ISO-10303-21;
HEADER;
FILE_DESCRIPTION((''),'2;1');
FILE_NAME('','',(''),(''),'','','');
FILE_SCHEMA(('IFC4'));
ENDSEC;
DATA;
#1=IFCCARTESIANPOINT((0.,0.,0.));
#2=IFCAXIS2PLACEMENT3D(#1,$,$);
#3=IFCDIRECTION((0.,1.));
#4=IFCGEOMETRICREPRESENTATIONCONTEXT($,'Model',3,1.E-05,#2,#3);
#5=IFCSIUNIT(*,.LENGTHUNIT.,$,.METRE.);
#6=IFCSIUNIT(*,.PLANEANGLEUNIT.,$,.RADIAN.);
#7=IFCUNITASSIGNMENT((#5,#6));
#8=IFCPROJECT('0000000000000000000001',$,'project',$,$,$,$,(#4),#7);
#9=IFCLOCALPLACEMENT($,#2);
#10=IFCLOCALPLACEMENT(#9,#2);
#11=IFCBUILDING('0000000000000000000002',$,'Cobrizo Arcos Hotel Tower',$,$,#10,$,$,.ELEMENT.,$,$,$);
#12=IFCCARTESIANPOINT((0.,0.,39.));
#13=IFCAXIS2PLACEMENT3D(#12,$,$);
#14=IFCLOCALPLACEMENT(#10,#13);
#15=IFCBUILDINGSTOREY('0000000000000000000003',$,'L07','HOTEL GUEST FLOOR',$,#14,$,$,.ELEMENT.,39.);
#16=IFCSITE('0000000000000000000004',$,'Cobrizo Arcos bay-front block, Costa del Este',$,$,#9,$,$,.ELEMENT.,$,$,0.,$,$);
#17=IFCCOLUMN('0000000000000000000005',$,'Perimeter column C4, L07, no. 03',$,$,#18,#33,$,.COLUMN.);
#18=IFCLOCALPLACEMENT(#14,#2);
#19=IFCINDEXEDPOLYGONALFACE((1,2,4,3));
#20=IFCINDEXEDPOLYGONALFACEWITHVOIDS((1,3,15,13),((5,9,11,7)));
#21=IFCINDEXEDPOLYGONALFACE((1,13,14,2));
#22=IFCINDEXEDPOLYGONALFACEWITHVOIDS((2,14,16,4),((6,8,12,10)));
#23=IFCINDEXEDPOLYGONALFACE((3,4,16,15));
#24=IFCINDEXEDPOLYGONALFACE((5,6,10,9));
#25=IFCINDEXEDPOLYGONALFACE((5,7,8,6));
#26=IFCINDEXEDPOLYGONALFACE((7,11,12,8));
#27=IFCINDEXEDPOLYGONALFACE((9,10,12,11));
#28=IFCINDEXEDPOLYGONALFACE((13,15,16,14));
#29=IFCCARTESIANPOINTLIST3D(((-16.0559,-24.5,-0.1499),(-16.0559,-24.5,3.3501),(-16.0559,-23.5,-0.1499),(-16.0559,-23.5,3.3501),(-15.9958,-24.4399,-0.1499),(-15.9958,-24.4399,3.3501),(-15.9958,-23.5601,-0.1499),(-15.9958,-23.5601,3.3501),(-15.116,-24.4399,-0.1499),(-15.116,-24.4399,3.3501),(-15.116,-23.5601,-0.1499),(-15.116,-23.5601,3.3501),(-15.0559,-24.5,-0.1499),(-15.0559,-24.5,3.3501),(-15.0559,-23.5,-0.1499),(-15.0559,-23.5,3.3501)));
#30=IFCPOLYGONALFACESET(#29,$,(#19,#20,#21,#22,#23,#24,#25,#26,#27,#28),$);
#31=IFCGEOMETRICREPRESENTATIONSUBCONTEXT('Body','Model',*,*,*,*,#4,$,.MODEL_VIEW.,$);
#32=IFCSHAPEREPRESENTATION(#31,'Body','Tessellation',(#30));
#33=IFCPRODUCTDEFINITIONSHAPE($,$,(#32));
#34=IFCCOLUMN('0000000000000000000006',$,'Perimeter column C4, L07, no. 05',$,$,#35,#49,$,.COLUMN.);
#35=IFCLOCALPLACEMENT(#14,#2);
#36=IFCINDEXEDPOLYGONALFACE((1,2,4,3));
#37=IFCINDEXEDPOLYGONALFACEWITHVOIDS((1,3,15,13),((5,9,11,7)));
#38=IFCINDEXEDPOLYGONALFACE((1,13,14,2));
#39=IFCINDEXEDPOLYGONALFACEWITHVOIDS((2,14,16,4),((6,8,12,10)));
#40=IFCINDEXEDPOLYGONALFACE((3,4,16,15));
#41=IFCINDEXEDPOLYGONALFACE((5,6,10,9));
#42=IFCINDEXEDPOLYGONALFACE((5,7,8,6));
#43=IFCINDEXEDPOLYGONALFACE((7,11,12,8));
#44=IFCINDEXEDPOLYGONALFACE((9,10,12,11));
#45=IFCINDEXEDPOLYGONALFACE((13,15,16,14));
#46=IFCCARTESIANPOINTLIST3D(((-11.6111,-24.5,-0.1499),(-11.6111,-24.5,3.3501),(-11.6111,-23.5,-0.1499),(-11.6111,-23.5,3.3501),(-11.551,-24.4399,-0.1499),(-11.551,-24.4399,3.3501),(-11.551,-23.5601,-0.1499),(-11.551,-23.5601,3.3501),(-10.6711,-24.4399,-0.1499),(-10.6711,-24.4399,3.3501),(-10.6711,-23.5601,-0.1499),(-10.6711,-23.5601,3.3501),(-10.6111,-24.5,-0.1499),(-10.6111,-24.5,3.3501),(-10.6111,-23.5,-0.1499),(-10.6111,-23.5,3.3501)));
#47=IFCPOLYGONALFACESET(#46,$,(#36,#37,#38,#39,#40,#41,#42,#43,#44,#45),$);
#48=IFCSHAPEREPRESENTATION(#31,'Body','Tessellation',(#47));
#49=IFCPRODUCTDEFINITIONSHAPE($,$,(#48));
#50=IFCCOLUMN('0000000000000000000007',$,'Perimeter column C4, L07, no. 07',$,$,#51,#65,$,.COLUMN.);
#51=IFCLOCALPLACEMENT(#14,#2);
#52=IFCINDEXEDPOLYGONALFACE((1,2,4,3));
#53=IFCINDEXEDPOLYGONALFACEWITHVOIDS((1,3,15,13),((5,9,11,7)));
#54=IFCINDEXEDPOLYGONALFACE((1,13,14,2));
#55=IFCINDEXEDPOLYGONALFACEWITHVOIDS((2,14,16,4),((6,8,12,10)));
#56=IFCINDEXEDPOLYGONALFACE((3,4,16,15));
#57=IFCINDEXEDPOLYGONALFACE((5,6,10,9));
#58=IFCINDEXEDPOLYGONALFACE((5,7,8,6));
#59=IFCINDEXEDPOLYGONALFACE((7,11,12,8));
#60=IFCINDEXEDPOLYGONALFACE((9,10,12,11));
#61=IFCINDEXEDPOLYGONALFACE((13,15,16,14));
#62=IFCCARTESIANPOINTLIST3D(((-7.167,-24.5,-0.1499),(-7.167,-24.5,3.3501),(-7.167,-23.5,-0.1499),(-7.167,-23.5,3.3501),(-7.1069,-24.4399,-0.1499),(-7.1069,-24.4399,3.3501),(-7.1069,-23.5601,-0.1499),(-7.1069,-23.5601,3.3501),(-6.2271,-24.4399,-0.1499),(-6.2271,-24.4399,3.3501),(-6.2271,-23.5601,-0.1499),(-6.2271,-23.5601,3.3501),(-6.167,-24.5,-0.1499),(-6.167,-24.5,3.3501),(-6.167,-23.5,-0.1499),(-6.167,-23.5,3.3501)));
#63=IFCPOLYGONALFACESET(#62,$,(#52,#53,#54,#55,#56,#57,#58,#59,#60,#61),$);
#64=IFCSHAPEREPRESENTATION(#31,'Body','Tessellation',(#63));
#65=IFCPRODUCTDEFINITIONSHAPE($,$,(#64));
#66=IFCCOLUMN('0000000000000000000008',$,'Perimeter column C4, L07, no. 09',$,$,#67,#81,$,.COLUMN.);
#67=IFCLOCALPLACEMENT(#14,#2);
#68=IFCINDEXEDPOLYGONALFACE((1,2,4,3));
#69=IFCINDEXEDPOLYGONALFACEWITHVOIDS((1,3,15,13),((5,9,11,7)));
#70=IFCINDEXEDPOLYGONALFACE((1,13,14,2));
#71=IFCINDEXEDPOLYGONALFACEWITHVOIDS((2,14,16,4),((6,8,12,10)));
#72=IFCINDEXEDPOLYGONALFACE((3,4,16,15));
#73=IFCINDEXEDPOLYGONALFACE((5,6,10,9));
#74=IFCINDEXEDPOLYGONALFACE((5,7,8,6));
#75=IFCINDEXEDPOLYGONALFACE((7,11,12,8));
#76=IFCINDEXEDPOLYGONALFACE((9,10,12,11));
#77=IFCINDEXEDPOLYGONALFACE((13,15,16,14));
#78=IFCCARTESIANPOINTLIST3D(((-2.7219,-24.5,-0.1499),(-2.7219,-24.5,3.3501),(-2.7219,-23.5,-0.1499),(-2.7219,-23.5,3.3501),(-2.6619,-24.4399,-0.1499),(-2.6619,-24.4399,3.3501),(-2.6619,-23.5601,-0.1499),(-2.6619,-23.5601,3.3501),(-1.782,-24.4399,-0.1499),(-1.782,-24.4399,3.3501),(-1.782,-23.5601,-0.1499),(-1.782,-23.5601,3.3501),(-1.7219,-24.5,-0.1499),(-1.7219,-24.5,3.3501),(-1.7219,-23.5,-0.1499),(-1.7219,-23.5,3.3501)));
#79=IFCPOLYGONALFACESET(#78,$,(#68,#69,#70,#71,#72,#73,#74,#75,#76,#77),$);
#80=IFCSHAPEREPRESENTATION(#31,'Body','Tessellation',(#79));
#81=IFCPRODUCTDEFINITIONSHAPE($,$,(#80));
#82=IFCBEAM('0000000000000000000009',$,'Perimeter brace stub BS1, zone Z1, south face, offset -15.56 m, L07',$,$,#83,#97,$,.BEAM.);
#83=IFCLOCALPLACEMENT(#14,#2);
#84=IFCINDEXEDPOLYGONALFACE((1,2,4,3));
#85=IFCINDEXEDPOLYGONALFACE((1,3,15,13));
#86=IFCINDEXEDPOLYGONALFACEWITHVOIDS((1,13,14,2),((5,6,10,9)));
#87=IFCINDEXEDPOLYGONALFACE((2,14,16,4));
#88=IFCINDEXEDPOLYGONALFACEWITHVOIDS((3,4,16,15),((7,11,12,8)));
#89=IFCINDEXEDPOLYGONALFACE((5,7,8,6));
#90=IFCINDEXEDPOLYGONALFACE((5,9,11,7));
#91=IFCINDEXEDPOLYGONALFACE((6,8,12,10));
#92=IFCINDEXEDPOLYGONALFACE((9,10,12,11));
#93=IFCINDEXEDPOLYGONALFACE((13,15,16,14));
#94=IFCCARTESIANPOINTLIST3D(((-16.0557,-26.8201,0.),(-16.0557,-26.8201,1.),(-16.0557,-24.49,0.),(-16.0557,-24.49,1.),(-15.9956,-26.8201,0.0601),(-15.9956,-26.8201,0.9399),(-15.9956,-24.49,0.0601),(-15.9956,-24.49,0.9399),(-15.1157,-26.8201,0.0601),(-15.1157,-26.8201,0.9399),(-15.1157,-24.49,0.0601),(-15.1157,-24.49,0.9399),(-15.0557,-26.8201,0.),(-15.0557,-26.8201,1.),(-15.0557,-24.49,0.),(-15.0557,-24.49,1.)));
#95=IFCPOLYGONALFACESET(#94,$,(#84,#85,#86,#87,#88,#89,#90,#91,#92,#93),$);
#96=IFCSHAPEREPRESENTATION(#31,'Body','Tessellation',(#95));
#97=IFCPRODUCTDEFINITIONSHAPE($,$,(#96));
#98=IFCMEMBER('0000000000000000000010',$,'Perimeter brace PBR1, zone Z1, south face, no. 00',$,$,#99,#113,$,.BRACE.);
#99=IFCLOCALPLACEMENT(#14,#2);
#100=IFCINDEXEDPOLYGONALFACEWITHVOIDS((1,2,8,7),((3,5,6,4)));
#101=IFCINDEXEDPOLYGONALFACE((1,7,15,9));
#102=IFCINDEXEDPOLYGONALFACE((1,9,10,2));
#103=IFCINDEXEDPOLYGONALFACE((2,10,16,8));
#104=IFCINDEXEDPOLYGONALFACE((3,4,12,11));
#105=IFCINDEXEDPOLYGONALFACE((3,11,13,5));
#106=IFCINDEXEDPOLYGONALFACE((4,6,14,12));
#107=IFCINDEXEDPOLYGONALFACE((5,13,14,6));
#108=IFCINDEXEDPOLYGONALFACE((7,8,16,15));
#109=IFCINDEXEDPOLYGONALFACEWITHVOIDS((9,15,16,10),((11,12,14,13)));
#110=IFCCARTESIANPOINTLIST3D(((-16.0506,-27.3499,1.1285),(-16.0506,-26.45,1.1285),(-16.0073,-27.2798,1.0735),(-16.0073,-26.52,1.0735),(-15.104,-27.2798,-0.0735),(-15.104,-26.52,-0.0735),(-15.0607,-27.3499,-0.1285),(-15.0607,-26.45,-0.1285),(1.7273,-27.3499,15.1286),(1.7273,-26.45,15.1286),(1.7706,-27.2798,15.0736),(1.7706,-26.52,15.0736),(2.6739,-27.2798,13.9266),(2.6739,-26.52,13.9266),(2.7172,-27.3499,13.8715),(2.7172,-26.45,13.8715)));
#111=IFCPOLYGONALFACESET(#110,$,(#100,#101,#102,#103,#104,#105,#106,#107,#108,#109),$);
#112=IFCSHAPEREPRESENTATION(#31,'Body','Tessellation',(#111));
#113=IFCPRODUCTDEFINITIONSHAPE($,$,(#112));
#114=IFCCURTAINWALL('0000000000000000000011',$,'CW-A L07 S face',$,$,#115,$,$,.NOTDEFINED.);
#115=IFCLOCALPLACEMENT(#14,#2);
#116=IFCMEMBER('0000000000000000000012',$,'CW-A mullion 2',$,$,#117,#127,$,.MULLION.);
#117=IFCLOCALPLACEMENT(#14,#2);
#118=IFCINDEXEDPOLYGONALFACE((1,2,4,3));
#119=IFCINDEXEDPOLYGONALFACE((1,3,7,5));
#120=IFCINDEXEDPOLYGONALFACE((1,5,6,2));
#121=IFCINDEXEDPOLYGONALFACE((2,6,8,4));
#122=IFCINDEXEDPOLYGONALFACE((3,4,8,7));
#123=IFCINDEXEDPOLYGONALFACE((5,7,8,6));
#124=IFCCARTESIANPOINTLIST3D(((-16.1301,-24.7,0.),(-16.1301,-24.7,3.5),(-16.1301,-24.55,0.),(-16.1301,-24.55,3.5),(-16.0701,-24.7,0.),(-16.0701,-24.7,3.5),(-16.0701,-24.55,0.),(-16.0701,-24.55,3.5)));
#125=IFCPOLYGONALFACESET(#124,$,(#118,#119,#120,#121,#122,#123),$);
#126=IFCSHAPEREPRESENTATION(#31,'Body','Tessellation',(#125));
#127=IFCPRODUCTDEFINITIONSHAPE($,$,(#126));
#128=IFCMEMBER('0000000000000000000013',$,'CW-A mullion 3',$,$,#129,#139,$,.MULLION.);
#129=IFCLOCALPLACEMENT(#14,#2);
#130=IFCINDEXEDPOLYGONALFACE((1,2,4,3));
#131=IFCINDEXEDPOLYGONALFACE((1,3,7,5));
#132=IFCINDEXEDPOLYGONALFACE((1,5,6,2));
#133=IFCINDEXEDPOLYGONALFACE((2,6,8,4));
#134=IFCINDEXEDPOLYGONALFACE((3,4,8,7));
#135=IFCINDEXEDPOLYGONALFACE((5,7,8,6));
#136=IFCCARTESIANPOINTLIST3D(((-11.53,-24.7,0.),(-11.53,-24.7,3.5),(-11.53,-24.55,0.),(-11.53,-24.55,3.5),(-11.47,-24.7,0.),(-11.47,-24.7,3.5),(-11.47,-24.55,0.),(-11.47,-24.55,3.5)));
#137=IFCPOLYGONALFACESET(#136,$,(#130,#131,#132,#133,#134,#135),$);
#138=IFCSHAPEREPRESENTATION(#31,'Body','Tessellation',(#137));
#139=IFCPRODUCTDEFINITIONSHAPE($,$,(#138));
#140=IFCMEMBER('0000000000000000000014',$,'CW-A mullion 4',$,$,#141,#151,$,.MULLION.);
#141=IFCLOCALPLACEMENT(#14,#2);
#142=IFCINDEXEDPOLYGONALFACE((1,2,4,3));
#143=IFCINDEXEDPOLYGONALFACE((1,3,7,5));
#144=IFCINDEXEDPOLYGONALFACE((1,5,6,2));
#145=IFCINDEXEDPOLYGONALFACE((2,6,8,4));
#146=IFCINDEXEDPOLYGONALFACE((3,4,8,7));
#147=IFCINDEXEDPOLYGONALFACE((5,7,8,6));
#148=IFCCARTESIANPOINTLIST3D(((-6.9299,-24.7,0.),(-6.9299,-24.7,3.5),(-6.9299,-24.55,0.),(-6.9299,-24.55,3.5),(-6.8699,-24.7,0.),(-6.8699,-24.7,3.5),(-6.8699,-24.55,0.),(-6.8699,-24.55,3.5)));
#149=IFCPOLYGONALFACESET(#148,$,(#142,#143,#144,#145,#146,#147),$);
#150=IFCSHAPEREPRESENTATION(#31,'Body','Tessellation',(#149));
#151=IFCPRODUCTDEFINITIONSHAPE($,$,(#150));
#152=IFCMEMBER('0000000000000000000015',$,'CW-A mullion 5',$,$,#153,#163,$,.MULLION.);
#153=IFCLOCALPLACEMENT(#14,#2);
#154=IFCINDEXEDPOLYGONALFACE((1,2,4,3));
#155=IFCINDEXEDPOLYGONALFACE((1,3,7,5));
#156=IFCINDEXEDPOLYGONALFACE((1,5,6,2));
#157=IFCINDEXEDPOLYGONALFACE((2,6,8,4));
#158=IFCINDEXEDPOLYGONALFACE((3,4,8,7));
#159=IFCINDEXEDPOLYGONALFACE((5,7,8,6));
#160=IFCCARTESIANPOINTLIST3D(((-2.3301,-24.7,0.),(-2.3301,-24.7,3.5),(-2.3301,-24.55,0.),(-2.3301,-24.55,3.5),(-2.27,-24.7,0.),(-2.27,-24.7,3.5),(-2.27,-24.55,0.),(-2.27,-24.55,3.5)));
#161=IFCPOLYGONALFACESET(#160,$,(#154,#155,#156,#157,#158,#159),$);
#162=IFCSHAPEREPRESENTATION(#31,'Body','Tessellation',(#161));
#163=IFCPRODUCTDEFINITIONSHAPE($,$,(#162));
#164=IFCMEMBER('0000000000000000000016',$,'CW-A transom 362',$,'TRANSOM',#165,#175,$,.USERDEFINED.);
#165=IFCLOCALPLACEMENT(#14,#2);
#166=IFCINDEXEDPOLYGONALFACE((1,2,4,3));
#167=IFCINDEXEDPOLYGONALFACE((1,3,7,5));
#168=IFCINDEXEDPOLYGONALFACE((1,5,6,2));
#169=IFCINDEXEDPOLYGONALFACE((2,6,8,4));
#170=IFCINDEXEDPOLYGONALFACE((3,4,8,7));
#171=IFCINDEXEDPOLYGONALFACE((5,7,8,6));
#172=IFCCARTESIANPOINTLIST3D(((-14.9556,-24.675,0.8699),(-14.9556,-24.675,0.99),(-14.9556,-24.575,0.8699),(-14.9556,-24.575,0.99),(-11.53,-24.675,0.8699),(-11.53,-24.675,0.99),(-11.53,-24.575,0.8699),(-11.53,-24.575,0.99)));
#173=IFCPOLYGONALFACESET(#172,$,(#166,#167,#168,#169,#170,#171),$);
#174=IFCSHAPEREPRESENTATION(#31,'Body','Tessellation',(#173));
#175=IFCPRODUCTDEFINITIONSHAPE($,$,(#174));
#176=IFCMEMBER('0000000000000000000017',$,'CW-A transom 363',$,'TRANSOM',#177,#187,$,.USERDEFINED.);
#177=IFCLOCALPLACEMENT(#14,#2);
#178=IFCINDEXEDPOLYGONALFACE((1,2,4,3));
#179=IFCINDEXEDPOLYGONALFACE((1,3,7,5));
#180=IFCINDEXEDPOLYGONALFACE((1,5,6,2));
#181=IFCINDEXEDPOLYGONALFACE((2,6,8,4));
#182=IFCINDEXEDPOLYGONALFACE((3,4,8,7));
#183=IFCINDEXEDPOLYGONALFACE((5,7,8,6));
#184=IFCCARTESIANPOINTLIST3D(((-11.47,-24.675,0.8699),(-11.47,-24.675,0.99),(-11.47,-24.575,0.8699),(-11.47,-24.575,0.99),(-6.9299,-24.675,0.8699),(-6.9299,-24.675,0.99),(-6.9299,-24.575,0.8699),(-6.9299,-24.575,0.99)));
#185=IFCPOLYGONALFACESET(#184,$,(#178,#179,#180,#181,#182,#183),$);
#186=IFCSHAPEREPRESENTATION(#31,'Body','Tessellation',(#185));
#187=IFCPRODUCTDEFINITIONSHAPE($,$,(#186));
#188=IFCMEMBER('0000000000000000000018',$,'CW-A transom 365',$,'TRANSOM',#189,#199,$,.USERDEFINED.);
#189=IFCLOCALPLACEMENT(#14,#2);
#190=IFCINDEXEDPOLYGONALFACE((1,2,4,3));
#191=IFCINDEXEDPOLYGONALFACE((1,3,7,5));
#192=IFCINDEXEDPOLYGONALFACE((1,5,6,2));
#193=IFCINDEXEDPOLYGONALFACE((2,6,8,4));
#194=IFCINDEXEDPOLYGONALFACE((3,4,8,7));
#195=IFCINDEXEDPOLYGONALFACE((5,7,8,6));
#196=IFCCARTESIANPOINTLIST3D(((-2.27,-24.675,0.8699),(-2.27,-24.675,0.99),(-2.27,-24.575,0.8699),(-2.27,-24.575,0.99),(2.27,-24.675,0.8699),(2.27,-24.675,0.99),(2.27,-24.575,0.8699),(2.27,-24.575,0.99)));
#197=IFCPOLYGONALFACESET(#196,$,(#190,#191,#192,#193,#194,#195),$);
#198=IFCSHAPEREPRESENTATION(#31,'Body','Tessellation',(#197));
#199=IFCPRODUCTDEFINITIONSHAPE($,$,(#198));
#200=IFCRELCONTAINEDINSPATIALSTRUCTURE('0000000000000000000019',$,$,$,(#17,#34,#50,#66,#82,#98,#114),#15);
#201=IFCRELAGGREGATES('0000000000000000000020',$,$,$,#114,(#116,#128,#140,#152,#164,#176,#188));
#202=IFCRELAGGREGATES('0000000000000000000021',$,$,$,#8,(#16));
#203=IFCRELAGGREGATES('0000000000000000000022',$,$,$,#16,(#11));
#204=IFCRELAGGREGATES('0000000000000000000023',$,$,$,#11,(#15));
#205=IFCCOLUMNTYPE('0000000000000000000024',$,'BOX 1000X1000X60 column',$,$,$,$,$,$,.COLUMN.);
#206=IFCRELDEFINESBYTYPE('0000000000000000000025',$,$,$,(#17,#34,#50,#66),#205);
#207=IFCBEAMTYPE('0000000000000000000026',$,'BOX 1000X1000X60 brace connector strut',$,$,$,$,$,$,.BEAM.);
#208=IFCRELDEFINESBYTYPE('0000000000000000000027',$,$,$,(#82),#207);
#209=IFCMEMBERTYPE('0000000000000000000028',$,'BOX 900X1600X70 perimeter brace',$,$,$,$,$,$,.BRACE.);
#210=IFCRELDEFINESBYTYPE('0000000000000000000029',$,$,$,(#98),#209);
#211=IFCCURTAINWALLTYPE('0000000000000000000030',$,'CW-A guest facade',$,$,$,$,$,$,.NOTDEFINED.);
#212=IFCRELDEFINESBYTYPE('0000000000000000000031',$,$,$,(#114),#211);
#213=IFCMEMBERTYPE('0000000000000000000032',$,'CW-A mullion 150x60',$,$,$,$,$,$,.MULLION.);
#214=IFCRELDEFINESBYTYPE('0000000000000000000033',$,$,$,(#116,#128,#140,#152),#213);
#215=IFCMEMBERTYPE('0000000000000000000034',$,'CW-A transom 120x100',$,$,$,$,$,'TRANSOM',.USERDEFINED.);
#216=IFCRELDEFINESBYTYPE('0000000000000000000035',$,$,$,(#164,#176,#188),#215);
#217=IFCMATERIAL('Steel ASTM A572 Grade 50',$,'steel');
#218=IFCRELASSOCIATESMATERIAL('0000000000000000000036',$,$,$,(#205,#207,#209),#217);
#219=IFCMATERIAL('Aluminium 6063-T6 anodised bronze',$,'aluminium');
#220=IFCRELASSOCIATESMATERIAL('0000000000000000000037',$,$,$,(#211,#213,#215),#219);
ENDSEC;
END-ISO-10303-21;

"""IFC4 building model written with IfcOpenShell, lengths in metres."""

from ifc_helpers import new_model, si_unit, direction, frame, origin, origin_2d, place, context, subcontext, project, spatial, rectangle, hollow_rectangle, extrude, material, material_profile, profile_set, type_object, element, aggregate, save


model = new_model("IFC4")

# Units and contexts
model_context = context("Model", 3, precision=1e-05, world=origin(), true_north=direction((0.0, 1.0)))
body_context = subcontext(model_context, "Body", "Model", "MODEL_VIEW")
ifc_project = project(units=[si_unit("LENGTHUNIT", "METRE"), si_unit("PLANEANGLEUNIT", "RADIAN")], contexts=[model_context])

# Site, building, storey
site_placement = place(None, origin())
site = spatial("IfcSite", under=ifc_project, at=site_placement, Name="Cobrizo Arcos bay-front block, Costa del Este", CompositionType="ELEMENT", RefElevation=0.0)
building_placement = place(site_placement, origin())
building = spatial("IfcBuilding", under=site, at=building_placement, Name="Cobrizo Arcos Hotel Tower", CompositionType="ELEMENT")
storey_placement = place(building_placement, frame((0.0, 0.0, 39.0)))
storey = spatial("IfcBuildingStorey", under=building, at=storey_placement, Name="L07", Description="HOTEL GUEST FLOOR", CompositionType="ELEMENT", Elevation=39.0)

# Columns
ifc_material_1 = material(Name="Steel ASTM A572 Grade 50", Category="steel")
ifc_material_profile_1 = material_profile(ifc_material_1, hollow_rectangle(XDim=1.0, YDim=1.0, WallThickness=0.0601, at=origin_2d()), Name="BOX 1000X1000X60")
ifc_profile_set_1 = profile_set([ifc_material_profile_1], Name="Steel ASTM A572 Grade 50")
column_type = type_object("IfcColumnType", Name="BOX 1000X1000X60 column", PredefinedType="COLUMN", material=ifc_profile_set_1)
for number, where, z_axis, x_axis, name in (
    (1, (-15.5559, -24.0, -0.1499), (0.0, 0.0, 1.0), (1.0, 0.0, 0.0), "Perimeter column C4, L07, no. 03"),
    (2, (-11.1111, -24.0, -0.1499), (0.0, 0.0, 1.0), (1.0, 0.0, 0.0), "Perimeter column C4, L07, no. 05"),
    (3, (-6.667, -24.0, -0.1499), (0.0, 0.0, 1.0), (1.0, 0.0, 0.0), "Perimeter column C4, L07, no. 07"),
    (4, (-2.2219, -24.0, -0.1499), (0.0, 0.0, 1.0), (1.0, 0.0, 0.0), "Perimeter column C4, L07, no. 09"),
):
    element("IfcColumn", number, at=place(storey_placement, frame(where, z_axis=z_axis, x_axis=x_axis)), inside=storey, type_object=column_type, Name=name, PredefinedType="COLUMN", context=body_context, shape_type="SweptSolid", body=[
        extrude(hollow_rectangle(XDim=1.0, YDim=1.0, WallThickness=0.0601, at=origin_2d()), origin(), (0.0, 0.0, 1.0), 3.5),
    ])

# Beam
ifc_material_profile_2 = material_profile(ifc_material_1, hollow_rectangle(XDim=1.0, YDim=1.0, WallThickness=0.0601, at=origin_2d()), Name="BOX 1000X1000X60")
ifc_profile_set_2 = profile_set([ifc_material_profile_2], Name="Steel ASTM A572 Grade 50")
beam_type_1 = type_object("IfcBeamType", Name="BOX 1000X1000X60 brace connector strut", PredefinedType="BEAM", material=ifc_profile_set_2)
beam_1_placement = place(storey_placement, frame((-15.5557, -24.49, 0.5), z_axis=(0.0, -1.0, 0.0), x_axis=(1.0, 0.0, 0.0)))
element("IfcBeam", 5, at=beam_1_placement, inside=storey, type_object=beam_type_1, Name="Perimeter brace stub BS1, zone Z1, south face, offset -15.56 m, L07", PredefinedType="BEAM", context=body_context, shape_type="SweptSolid", body=[
    extrude(hollow_rectangle(XDim=1.0, YDim=1.0, WallThickness=0.0601, at=origin_2d()), origin(), (0.0, 0.0, 1.0), 2.3301),
])

# Member
ifc_material_profile_3 = material_profile(ifc_material_1, hollow_rectangle(XDim=0.8999, YDim=1.6001, WallThickness=0.0701, at=origin_2d()), Name="BOX 900X1600X70")
ifc_profile_set_3 = profile_set([ifc_material_profile_3], Name="Steel ASTM A572 Grade 50")
member_type_1 = type_object("IfcMemberType", Name="BOX 900X1600X70 perimeter brace", PredefinedType="BRACE", material=ifc_profile_set_3)
member_1_placement = place(storey_placement, frame((-15.5557, -26.8999, 0.5), z_axis=(0.785637, 0.0, 0.618687), x_axis=(0.0, 1.0, 0.0)))
element("IfcMember", 6, at=member_1_placement, inside=storey, type_object=member_type_1, Name="Perimeter brace PBR1, zone Z1, south face, no. 00", PredefinedType="BRACE", context=body_context, shape_type="SweptSolid", body=[
    extrude(hollow_rectangle(XDim=0.8999, YDim=1.6001, WallThickness=0.0701, at=origin_2d()), origin(), (0.0, 0.0, 1.0), 22.6287),
])

# Curtain wall, members
ifc_material_2 = material(Name="Aluminium 6063-T6 anodised bronze", Category="aluminium")
curtain_wall_type = type_object("IfcCurtainWallType", Name="CW-A guest facade", PredefinedType="NOTDEFINED", material=ifc_material_2)
curtain_wall_placement = place(storey_placement, origin())
curtain_wall = element("IfcCurtainWall", 7, at=curtain_wall_placement, inside=storey, type_object=curtain_wall_type, Name="CW-A L07 S face", PredefinedType="NOTDEFINED")
ifc_material_profile_4 = material_profile(ifc_material_2, rectangle(XDim=0.1499, YDim=0.0601, at=origin_2d()), Name="CW-A mullion 150x60")
ifc_profile_set_4 = profile_set([ifc_material_profile_4], Name="Aluminium 6063-T6 anodised bronze")
member_type_2 = type_object("IfcMemberType", Name="CW-A mullion 150x60", PredefinedType="MULLION", material=ifc_profile_set_4)
member_2_placement = place(storey_placement, frame((-16.1001, -24.625, 0.0), z_axis=(0.0, 0.0, 1.0), x_axis=(0.0, -1.0, 0.0)))
member_2 = element("IfcMember", 8, at=member_2_placement, type_object=member_type_2, Name="CW-A mullion 2", PredefinedType="MULLION", context=body_context, shape_type="SweptSolid", body=[
    extrude(rectangle(XDim=0.1499, YDim=0.0601, at=origin_2d()), origin(), (0.0, 0.0, 1.0), 3.5),
])
member_3_placement = place(storey_placement, frame((-11.5, -24.625, 0.0), z_axis=(0.0, 0.0, 1.0), x_axis=(0.0, -1.0, 0.0)))
member_3 = element("IfcMember", 9, at=member_3_placement, type_object=member_type_2, Name="CW-A mullion 3", PredefinedType="MULLION", context=body_context, shape_type="SweptSolid", body=[
    extrude(rectangle(XDim=0.1499, YDim=0.0601, at=origin_2d()), origin(), (0.0, 0.0, 1.0), 3.5),
])
member_4_placement = place(storey_placement, frame((-6.8999, -24.625, 0.0), z_axis=(0.0, 0.0, 1.0), x_axis=(0.0, -1.0, 0.0)))
member_4 = element("IfcMember", 10, at=member_4_placement, type_object=member_type_2, Name="CW-A mullion 4", PredefinedType="MULLION", context=body_context, shape_type="SweptSolid", body=[
    extrude(rectangle(XDim=0.1499, YDim=0.0601, at=origin_2d()), origin(), (0.0, 0.0, 1.0), 3.5),
])
member_5_placement = place(storey_placement, frame((-2.3, -24.625, 0.0), z_axis=(0.0, 0.0, 1.0), x_axis=(0.0, -1.0, 0.0)))
member_5 = element("IfcMember", 11, at=member_5_placement, type_object=member_type_2, Name="CW-A mullion 5", PredefinedType="MULLION", context=body_context, shape_type="SweptSolid", body=[
    extrude(rectangle(XDim=0.1499, YDim=0.0601, at=origin_2d()), origin(), (0.0, 0.0, 1.0), 3.5),
])
ifc_material_profile_5 = material_profile(ifc_material_2, rectangle(XDim=0.1001, YDim=0.1201, at=origin_2d()), Name="CW-A transom 120x100")
ifc_profile_set_5 = profile_set([ifc_material_profile_5], Name="Aluminium 6063-T6 anodised bronze")
member_type_3 = type_object("IfcMemberType", Name="CW-A transom 120x100", ElementType="TRANSOM", PredefinedType="USERDEFINED", material=ifc_profile_set_5)
member_6_placement = place(storey_placement, frame((-14.9556, -24.625, 0.9299), z_axis=(1.0, 0.0, 0.0), x_axis=(0.0, 1.0, 0.0)))
member_6 = element("IfcMember", 12, at=member_6_placement, type_object=member_type_3, Name="CW-A transom 362", ObjectType="TRANSOM", PredefinedType="USERDEFINED", context=body_context, shape_type="SweptSolid", body=[
    extrude(rectangle(XDim=0.1001, YDim=0.1201, at=origin_2d()), origin(), (0.0, 0.0, 1.0), 3.4255),
])
member_7_placement = place(storey_placement, frame((-11.47, -24.625, 0.9299), z_axis=(1.0, 0.0, 0.0), x_axis=(0.0, 1.0, 0.0)))
member_7 = element("IfcMember", 13, at=member_7_placement, type_object=member_type_3, Name="CW-A transom 363", ObjectType="TRANSOM", PredefinedType="USERDEFINED", context=body_context, shape_type="SweptSolid", body=[
    extrude(rectangle(XDim=0.1001, YDim=0.1201, at=origin_2d()), origin(), (0.0, 0.0, 1.0), 4.54),
])
member_8_placement = place(storey_placement, frame((-2.27, -24.625, 0.9299), z_axis=(1.0, 0.0, 0.0), x_axis=(0.0, 1.0, 0.0)))
member_8 = element("IfcMember", 14, at=member_8_placement, type_object=member_type_3, Name="CW-A transom 365", ObjectType="TRANSOM", PredefinedType="USERDEFINED", context=body_context, shape_type="SweptSolid", body=[
    extrude(rectangle(XDim=0.1001, YDim=0.1201, at=origin_2d()), origin(), (0.0, 0.0, 1.0), 4.54),
])

aggregate(curtain_wall, [member_2, member_3, member_4, member_5, member_6, member_7, member_8])

save(model, "model.ifc")
